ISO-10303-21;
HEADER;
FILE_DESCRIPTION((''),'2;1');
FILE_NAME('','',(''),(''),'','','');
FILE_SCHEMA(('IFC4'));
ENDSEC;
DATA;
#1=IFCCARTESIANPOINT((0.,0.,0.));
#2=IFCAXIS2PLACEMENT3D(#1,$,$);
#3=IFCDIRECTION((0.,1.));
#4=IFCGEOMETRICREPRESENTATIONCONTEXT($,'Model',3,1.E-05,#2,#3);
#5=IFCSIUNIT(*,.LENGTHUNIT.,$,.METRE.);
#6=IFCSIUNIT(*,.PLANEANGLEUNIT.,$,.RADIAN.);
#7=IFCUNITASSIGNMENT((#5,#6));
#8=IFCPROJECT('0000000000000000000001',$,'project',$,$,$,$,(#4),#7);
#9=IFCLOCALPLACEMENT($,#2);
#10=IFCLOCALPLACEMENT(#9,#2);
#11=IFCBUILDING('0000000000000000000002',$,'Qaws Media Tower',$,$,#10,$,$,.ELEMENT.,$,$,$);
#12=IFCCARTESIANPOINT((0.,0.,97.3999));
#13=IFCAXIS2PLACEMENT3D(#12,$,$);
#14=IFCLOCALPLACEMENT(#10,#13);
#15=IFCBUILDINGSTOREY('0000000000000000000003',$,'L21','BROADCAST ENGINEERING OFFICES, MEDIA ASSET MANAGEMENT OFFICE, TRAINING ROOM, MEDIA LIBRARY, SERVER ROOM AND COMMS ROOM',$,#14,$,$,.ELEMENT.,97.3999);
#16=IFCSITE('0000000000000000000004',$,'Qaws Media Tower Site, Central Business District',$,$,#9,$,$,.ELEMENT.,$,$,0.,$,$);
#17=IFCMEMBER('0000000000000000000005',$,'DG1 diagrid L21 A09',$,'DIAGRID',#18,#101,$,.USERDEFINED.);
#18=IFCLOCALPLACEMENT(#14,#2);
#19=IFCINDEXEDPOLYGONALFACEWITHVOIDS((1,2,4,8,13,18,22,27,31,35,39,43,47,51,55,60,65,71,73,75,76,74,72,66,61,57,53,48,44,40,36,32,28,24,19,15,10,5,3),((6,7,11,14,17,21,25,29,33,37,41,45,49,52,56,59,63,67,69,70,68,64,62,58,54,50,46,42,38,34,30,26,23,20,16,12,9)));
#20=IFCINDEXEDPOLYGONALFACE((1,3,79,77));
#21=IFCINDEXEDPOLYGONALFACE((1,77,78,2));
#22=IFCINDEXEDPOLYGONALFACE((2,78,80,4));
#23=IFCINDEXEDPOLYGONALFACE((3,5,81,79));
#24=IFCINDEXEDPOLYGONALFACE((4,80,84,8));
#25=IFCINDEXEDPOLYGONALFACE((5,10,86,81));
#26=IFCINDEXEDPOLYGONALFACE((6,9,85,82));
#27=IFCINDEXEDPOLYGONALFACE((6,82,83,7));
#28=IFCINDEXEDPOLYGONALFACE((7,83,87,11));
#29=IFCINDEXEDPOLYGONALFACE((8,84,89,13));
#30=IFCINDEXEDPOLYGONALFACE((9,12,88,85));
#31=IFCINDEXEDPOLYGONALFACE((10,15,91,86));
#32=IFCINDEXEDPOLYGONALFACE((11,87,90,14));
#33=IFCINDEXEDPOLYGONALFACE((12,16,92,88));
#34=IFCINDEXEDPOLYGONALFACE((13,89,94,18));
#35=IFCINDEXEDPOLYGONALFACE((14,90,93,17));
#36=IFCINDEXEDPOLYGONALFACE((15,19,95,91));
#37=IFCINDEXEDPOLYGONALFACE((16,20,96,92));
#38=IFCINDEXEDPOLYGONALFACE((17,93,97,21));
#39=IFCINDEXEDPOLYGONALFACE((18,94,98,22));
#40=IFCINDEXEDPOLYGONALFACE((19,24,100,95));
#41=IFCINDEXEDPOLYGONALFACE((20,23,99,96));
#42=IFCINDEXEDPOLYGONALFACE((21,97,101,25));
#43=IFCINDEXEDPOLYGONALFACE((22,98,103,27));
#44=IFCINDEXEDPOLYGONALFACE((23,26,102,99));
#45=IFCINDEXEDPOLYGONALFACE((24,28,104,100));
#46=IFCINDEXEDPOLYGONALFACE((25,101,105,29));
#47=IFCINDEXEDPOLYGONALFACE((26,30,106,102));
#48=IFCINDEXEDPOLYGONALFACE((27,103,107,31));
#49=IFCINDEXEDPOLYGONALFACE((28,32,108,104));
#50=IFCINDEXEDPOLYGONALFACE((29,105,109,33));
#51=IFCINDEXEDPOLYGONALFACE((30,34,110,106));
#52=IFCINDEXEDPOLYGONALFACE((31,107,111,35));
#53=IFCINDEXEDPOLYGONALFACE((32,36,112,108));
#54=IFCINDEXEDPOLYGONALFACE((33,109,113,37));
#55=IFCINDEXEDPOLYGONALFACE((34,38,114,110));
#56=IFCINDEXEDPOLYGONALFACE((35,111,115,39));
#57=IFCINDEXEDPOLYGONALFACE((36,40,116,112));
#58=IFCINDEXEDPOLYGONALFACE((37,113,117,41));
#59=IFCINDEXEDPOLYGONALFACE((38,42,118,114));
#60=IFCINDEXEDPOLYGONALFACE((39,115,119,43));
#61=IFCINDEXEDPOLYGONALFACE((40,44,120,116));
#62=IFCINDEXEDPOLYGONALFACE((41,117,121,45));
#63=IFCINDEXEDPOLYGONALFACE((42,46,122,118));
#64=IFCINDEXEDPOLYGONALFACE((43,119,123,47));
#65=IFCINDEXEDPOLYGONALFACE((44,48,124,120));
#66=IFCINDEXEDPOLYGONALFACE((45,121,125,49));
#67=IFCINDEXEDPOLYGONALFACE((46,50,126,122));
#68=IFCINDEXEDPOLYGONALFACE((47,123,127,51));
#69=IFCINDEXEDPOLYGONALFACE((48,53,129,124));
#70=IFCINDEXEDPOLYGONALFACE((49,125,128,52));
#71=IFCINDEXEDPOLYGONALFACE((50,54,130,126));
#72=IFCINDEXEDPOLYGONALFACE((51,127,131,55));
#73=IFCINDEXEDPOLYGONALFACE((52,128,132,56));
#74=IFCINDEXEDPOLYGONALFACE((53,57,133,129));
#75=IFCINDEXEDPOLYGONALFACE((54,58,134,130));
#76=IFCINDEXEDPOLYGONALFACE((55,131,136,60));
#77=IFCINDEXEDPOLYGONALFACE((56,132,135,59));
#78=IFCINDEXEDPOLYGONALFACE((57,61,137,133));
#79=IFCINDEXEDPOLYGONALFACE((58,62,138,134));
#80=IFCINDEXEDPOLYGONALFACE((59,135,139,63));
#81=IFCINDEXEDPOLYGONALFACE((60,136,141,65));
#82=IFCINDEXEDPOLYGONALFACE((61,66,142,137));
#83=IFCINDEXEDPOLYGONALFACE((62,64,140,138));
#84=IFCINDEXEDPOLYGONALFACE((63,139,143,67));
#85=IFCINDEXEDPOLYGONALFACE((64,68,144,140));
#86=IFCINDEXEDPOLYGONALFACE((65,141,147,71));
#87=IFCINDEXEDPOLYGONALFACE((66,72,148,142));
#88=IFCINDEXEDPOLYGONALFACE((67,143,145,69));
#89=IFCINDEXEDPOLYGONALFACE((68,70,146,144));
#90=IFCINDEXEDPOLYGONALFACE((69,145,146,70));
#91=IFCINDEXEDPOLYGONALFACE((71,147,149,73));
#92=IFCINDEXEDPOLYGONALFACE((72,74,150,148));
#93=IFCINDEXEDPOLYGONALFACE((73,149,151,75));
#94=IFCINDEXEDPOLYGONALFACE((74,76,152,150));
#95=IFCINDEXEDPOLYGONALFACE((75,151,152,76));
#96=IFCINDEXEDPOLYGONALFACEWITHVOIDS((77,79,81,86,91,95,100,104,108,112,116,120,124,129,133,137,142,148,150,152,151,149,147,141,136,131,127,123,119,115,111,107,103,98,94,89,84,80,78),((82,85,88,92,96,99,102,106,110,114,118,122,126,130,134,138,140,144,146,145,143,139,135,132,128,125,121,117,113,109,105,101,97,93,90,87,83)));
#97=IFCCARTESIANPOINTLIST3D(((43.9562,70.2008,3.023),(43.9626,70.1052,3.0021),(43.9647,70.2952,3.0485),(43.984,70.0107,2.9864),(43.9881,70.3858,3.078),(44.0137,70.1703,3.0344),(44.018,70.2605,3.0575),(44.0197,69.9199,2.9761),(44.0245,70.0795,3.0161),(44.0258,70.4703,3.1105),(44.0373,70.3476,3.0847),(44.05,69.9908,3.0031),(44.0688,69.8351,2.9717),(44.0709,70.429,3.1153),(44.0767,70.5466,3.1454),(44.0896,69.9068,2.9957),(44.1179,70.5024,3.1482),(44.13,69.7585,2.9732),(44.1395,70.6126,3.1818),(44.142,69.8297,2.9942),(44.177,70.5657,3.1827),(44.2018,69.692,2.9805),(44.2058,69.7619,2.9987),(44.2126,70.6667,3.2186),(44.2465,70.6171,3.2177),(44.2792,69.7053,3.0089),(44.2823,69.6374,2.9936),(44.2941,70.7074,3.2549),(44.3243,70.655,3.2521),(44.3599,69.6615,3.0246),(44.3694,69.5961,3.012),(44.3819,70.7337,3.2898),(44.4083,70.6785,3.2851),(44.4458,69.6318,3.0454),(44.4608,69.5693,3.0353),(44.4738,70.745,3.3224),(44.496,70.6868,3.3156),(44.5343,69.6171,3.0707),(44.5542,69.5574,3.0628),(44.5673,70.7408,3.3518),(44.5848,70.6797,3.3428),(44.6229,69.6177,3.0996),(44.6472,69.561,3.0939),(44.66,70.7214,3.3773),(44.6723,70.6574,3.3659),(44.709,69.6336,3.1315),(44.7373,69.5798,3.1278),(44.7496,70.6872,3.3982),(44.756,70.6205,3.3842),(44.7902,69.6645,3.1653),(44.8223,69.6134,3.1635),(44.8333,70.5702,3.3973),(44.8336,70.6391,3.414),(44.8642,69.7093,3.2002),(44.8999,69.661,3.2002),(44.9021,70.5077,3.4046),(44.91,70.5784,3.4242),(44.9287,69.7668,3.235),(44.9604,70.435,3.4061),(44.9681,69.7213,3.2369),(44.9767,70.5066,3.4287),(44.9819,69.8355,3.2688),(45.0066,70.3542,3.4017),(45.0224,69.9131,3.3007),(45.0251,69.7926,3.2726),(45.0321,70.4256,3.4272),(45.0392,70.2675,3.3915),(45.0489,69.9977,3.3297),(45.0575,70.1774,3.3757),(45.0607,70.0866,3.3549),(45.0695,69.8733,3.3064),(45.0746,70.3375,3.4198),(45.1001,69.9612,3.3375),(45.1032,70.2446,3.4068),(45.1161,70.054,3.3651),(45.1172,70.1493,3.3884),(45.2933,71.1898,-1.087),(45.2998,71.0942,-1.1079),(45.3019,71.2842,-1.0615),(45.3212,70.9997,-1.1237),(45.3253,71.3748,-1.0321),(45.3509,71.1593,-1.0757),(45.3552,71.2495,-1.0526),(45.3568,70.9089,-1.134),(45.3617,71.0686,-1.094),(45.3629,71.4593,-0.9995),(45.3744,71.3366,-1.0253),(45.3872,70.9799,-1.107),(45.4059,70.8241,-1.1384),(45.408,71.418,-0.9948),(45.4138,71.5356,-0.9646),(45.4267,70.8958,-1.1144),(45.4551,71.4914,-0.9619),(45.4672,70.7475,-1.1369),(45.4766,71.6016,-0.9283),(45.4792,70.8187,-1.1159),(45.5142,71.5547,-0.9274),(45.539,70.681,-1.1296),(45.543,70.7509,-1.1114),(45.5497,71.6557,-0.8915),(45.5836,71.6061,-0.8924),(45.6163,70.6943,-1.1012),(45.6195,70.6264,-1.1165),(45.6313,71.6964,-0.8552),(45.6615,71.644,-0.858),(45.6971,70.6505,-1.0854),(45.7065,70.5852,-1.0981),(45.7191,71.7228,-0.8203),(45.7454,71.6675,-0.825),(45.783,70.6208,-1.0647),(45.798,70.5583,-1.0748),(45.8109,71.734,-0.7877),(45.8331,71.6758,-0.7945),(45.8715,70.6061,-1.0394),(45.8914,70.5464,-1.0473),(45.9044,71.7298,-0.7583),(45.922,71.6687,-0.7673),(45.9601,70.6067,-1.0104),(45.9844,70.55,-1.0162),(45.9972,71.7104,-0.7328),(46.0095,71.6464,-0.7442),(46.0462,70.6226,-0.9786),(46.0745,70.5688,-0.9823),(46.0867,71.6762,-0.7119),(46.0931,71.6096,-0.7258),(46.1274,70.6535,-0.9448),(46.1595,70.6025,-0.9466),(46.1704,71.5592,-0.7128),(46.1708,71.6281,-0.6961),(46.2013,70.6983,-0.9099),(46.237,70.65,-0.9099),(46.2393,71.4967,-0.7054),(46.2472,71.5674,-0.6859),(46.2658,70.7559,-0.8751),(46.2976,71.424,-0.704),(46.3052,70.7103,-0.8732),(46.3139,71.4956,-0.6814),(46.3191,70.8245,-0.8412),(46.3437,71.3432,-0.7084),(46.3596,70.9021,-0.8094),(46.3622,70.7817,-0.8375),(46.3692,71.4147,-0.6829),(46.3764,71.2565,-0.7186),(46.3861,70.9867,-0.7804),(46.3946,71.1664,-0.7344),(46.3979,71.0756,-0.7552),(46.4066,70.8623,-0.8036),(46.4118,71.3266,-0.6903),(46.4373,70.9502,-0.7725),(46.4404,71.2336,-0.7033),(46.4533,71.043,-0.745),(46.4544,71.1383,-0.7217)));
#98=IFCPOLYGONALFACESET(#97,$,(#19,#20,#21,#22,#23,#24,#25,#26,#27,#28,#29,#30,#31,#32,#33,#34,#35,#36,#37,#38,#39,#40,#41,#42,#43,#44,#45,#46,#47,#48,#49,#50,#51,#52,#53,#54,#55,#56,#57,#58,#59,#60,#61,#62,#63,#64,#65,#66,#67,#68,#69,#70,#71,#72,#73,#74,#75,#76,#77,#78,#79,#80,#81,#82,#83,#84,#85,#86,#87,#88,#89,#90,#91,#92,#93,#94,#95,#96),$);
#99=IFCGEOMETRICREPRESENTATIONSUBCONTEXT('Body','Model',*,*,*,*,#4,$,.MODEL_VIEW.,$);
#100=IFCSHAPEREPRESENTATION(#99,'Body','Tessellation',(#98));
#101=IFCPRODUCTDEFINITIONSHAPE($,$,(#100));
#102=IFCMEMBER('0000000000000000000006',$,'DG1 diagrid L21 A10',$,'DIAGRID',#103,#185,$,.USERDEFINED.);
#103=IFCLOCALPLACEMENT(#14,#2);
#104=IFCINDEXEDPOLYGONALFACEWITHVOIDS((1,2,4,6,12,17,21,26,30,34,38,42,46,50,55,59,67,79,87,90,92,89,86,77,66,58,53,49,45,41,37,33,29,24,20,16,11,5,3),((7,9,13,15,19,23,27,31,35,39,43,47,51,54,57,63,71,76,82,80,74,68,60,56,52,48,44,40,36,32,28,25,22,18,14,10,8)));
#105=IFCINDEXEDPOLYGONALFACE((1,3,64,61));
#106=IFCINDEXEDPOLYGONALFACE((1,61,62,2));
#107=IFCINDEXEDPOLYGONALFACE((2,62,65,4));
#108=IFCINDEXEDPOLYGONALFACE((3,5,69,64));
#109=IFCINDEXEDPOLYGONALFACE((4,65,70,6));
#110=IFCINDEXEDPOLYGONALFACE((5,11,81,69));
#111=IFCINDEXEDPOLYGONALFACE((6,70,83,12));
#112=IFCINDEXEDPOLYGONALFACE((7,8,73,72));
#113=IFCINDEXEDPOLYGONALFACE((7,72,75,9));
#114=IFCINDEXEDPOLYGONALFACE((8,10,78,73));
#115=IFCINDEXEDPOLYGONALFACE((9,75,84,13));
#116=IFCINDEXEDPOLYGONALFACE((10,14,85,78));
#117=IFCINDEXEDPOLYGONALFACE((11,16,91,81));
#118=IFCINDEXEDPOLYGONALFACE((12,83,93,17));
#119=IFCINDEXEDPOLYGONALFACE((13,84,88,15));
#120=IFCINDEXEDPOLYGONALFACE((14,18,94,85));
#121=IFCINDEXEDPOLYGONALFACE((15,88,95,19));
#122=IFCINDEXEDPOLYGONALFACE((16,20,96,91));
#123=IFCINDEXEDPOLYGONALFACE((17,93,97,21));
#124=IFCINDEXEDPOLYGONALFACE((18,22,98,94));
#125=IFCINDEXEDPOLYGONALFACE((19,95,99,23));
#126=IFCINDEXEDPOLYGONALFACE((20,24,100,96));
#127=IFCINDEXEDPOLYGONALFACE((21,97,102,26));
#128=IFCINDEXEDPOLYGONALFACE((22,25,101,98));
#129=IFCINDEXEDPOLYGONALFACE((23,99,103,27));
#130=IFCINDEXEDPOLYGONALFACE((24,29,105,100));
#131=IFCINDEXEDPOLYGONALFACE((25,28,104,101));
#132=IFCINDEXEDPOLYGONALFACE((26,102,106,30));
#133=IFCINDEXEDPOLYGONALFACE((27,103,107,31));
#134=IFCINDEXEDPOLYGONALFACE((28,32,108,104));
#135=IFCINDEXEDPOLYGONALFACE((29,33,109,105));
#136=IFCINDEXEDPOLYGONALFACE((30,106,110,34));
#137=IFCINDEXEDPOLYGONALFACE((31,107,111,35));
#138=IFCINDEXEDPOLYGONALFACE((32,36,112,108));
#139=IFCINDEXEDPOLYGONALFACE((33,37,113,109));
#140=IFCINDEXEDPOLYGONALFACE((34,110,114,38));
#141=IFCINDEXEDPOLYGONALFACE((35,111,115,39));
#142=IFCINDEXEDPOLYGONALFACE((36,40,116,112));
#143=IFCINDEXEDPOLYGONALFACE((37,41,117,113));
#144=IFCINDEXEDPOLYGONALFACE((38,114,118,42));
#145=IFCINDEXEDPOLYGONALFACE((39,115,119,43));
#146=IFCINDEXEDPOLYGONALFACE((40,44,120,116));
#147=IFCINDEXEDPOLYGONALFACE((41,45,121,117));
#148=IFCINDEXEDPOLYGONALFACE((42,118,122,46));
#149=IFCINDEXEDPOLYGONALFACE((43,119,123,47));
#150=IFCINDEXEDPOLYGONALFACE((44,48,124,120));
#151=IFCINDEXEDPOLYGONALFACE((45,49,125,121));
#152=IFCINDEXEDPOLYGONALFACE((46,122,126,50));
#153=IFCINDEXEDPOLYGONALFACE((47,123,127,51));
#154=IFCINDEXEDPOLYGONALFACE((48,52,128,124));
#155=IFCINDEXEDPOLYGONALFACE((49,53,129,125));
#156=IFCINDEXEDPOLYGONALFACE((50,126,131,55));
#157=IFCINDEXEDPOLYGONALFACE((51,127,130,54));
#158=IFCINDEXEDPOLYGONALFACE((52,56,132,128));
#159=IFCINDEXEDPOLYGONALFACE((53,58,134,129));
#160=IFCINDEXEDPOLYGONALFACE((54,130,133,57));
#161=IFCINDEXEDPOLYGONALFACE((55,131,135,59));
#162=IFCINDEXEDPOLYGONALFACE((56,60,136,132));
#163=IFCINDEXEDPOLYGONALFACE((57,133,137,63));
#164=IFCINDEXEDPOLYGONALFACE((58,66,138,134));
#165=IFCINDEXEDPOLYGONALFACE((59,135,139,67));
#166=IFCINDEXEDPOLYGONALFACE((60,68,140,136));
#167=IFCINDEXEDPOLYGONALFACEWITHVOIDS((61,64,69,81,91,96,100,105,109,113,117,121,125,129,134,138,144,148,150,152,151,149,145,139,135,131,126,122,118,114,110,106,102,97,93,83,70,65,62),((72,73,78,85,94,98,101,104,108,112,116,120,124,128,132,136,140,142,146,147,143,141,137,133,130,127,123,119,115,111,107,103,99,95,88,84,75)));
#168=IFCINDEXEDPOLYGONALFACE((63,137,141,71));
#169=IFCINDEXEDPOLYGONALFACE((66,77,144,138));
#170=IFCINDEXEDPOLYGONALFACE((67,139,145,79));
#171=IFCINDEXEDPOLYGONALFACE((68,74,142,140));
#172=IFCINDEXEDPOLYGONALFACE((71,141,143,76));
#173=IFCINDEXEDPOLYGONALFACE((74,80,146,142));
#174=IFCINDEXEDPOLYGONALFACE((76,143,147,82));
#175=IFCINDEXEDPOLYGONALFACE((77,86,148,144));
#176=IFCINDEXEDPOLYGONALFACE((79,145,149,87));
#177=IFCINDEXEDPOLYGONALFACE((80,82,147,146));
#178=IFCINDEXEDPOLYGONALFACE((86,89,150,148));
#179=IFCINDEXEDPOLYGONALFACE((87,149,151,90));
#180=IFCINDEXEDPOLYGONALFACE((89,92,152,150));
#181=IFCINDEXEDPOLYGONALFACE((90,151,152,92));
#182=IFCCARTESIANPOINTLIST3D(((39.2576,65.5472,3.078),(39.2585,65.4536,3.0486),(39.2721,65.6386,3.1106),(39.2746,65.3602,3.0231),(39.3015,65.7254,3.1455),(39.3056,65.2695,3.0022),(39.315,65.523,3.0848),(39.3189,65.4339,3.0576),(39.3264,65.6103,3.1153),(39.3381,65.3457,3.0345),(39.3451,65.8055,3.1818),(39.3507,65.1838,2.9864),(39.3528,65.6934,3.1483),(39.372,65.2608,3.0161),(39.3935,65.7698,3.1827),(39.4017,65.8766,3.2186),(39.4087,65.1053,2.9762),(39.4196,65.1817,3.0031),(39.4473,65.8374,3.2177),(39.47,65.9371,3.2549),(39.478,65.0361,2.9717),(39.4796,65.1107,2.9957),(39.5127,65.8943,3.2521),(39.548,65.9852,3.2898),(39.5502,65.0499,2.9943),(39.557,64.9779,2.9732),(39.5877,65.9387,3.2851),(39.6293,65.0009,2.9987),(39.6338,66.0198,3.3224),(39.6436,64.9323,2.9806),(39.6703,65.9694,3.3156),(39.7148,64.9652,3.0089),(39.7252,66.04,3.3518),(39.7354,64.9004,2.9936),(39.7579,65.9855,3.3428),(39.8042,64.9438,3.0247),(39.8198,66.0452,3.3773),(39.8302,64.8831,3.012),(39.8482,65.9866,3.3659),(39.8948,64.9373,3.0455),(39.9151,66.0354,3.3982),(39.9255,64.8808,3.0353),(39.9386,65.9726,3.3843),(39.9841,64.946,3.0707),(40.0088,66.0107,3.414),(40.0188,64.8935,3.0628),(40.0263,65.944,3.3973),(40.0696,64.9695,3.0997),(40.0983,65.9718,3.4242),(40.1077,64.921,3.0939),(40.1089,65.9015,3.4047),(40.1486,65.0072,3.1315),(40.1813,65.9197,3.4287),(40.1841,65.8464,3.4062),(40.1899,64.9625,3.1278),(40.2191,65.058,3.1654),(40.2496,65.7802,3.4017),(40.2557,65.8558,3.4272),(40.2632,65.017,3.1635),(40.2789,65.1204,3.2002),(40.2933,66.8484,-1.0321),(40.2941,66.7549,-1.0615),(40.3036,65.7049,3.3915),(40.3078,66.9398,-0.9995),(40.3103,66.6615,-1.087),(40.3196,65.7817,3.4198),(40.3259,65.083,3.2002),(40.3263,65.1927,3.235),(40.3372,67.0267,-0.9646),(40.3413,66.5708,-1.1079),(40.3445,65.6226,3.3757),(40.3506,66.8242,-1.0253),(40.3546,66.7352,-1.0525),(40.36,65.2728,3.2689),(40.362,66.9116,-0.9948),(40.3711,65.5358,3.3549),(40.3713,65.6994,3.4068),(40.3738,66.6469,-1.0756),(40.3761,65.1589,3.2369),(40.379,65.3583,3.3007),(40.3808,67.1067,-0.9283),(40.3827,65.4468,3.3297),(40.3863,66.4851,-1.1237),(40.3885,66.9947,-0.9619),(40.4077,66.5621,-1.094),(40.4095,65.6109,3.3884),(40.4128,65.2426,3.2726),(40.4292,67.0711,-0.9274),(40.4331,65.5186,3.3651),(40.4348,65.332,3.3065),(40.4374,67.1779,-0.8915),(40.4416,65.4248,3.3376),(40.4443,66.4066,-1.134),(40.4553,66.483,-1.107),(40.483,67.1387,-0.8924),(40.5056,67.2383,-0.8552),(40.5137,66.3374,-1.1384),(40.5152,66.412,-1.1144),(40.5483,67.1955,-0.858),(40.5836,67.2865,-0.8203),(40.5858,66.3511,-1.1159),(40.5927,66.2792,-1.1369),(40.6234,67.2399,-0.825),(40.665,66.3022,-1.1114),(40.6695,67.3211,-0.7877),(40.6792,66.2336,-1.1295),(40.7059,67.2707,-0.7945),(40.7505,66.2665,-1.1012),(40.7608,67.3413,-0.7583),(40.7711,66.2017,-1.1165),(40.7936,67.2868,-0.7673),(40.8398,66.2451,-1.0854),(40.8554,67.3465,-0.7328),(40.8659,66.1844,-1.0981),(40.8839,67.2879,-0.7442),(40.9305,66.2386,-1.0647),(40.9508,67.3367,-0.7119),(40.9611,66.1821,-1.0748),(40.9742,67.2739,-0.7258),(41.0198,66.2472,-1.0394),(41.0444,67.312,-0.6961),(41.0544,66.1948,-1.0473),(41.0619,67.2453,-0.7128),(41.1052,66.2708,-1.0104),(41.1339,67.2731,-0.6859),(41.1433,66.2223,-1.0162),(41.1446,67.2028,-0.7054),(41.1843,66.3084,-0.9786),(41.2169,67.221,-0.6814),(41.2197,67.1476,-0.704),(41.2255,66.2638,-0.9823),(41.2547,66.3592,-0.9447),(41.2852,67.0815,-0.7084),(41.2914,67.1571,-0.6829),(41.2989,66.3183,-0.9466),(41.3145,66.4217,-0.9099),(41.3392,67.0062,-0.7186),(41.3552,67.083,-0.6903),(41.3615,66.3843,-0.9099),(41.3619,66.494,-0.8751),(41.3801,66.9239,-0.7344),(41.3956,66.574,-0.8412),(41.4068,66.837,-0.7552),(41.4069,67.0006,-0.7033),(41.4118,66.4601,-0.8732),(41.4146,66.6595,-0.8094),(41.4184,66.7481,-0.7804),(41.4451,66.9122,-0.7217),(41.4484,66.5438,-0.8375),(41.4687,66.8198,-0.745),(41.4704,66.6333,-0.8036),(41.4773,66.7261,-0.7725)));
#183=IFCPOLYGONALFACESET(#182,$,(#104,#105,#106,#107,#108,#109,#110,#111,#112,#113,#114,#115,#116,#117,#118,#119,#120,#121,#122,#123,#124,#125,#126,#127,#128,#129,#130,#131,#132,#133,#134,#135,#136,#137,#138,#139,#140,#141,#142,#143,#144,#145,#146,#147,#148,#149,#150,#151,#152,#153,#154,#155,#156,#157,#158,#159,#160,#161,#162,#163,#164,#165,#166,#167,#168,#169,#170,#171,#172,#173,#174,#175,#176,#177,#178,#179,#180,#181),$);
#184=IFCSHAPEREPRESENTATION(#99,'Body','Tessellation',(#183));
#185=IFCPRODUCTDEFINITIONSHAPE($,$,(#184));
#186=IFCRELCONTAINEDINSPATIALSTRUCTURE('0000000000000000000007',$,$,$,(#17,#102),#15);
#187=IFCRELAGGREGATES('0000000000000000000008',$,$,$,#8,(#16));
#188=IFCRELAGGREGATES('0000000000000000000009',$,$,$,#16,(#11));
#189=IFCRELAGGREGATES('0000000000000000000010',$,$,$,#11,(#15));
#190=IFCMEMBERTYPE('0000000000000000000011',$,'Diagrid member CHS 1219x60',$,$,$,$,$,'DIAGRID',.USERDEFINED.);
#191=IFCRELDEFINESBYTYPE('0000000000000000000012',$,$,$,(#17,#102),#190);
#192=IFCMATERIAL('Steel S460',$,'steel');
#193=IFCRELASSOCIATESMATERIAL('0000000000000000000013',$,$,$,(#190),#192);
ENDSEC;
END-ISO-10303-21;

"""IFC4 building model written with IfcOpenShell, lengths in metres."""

from ifc_helpers import new_model, si_unit, direction, frame, origin, origin_2d, place, context, subcontext, project, spatial, hollow_circle, extrude, material, material_profile, profile_set, type_object, element, save


model = new_model("IFC4")

# Units and contexts
model_context = context("Model", 3, precision=1e-05, world=origin(), true_north=direction((0.0, 1.0)))
body_context = subcontext(model_context, "Body", "Model", "MODEL_VIEW")
ifc_project = project(units=[si_unit("LENGTHUNIT", "METRE"), si_unit("PLANEANGLEUNIT", "RADIAN")], contexts=[model_context])

# Site, building, storey
site_placement = place(None, origin())
site = spatial("IfcSite", under=ifc_project, at=site_placement, Name="Qaws Media Tower Site, Central Business District", CompositionType="ELEMENT", RefElevation=0.0)
building_placement = place(site_placement, origin())
building = spatial("IfcBuilding", under=site, at=building_placement, Name="Qaws Media Tower", CompositionType="ELEMENT")
storey_placement = place(building_placement, frame((0.0, 0.0, 97.3999)))
storey = spatial("IfcBuildingStorey", under=building, at=storey_placement, Name="L21", Description="BROADCAST ENGINEERING OFFICES, MEDIA ASSET MANAGEMENT OFFICE, TRAINING ROOM, MEDIA LIBRARY, SERVER ROOM AND COMMS ROOM", CompositionType="ELEMENT", Elevation=97.3999)

# Members
ifc_material_1 = material(Name="Steel S460", Category="steel")
ifc_material_profile_1 = material_profile(ifc_material_1, hollow_circle(Radius=0.6096, WallThickness=0.0601, at=origin_2d()), Name="CHS 1219x60")
ifc_profile_set_1 = profile_set([ifc_material_profile_1], Name="Steel S460")
member_type_1 = type_object("IfcMemberType", Name="Diagrid member CHS 1219x60", ElementType="DIAGRID", PredefinedType="USERDEFINED", material=ifc_profile_set_1)
for number, where, z_axis, x_axis, name in (
    (1, (45.8745, 71.1401, -0.9099), (-0.301579, -0.223059, 0.926982), (0.594655, -0.803981, 0.0), "DG1 diagrid L21 A09"),
    (2, (40.8845, 66.7639, -0.9099), (-0.233578, -0.293487, 0.926988), (0.782442, -0.622724, 0.0), "DG1 diagrid L21 A10"),
):
    element("IfcMember", number, at=place(storey_placement, frame(where, z_axis=z_axis, x_axis=x_axis)), inside=storey, type_object=member_type_1, Name=name, ObjectType="DIAGRID", PredefinedType="USERDEFINED", context=body_context, shape_type="SweptSolid", body=[
        extrude(hollow_circle(Radius=0.6096, WallThickness=0.0601, at=origin_2d()), origin(), (0.0, 0.0, 1.0), 4.4338),
    ])

save(model, "model.ifc")
